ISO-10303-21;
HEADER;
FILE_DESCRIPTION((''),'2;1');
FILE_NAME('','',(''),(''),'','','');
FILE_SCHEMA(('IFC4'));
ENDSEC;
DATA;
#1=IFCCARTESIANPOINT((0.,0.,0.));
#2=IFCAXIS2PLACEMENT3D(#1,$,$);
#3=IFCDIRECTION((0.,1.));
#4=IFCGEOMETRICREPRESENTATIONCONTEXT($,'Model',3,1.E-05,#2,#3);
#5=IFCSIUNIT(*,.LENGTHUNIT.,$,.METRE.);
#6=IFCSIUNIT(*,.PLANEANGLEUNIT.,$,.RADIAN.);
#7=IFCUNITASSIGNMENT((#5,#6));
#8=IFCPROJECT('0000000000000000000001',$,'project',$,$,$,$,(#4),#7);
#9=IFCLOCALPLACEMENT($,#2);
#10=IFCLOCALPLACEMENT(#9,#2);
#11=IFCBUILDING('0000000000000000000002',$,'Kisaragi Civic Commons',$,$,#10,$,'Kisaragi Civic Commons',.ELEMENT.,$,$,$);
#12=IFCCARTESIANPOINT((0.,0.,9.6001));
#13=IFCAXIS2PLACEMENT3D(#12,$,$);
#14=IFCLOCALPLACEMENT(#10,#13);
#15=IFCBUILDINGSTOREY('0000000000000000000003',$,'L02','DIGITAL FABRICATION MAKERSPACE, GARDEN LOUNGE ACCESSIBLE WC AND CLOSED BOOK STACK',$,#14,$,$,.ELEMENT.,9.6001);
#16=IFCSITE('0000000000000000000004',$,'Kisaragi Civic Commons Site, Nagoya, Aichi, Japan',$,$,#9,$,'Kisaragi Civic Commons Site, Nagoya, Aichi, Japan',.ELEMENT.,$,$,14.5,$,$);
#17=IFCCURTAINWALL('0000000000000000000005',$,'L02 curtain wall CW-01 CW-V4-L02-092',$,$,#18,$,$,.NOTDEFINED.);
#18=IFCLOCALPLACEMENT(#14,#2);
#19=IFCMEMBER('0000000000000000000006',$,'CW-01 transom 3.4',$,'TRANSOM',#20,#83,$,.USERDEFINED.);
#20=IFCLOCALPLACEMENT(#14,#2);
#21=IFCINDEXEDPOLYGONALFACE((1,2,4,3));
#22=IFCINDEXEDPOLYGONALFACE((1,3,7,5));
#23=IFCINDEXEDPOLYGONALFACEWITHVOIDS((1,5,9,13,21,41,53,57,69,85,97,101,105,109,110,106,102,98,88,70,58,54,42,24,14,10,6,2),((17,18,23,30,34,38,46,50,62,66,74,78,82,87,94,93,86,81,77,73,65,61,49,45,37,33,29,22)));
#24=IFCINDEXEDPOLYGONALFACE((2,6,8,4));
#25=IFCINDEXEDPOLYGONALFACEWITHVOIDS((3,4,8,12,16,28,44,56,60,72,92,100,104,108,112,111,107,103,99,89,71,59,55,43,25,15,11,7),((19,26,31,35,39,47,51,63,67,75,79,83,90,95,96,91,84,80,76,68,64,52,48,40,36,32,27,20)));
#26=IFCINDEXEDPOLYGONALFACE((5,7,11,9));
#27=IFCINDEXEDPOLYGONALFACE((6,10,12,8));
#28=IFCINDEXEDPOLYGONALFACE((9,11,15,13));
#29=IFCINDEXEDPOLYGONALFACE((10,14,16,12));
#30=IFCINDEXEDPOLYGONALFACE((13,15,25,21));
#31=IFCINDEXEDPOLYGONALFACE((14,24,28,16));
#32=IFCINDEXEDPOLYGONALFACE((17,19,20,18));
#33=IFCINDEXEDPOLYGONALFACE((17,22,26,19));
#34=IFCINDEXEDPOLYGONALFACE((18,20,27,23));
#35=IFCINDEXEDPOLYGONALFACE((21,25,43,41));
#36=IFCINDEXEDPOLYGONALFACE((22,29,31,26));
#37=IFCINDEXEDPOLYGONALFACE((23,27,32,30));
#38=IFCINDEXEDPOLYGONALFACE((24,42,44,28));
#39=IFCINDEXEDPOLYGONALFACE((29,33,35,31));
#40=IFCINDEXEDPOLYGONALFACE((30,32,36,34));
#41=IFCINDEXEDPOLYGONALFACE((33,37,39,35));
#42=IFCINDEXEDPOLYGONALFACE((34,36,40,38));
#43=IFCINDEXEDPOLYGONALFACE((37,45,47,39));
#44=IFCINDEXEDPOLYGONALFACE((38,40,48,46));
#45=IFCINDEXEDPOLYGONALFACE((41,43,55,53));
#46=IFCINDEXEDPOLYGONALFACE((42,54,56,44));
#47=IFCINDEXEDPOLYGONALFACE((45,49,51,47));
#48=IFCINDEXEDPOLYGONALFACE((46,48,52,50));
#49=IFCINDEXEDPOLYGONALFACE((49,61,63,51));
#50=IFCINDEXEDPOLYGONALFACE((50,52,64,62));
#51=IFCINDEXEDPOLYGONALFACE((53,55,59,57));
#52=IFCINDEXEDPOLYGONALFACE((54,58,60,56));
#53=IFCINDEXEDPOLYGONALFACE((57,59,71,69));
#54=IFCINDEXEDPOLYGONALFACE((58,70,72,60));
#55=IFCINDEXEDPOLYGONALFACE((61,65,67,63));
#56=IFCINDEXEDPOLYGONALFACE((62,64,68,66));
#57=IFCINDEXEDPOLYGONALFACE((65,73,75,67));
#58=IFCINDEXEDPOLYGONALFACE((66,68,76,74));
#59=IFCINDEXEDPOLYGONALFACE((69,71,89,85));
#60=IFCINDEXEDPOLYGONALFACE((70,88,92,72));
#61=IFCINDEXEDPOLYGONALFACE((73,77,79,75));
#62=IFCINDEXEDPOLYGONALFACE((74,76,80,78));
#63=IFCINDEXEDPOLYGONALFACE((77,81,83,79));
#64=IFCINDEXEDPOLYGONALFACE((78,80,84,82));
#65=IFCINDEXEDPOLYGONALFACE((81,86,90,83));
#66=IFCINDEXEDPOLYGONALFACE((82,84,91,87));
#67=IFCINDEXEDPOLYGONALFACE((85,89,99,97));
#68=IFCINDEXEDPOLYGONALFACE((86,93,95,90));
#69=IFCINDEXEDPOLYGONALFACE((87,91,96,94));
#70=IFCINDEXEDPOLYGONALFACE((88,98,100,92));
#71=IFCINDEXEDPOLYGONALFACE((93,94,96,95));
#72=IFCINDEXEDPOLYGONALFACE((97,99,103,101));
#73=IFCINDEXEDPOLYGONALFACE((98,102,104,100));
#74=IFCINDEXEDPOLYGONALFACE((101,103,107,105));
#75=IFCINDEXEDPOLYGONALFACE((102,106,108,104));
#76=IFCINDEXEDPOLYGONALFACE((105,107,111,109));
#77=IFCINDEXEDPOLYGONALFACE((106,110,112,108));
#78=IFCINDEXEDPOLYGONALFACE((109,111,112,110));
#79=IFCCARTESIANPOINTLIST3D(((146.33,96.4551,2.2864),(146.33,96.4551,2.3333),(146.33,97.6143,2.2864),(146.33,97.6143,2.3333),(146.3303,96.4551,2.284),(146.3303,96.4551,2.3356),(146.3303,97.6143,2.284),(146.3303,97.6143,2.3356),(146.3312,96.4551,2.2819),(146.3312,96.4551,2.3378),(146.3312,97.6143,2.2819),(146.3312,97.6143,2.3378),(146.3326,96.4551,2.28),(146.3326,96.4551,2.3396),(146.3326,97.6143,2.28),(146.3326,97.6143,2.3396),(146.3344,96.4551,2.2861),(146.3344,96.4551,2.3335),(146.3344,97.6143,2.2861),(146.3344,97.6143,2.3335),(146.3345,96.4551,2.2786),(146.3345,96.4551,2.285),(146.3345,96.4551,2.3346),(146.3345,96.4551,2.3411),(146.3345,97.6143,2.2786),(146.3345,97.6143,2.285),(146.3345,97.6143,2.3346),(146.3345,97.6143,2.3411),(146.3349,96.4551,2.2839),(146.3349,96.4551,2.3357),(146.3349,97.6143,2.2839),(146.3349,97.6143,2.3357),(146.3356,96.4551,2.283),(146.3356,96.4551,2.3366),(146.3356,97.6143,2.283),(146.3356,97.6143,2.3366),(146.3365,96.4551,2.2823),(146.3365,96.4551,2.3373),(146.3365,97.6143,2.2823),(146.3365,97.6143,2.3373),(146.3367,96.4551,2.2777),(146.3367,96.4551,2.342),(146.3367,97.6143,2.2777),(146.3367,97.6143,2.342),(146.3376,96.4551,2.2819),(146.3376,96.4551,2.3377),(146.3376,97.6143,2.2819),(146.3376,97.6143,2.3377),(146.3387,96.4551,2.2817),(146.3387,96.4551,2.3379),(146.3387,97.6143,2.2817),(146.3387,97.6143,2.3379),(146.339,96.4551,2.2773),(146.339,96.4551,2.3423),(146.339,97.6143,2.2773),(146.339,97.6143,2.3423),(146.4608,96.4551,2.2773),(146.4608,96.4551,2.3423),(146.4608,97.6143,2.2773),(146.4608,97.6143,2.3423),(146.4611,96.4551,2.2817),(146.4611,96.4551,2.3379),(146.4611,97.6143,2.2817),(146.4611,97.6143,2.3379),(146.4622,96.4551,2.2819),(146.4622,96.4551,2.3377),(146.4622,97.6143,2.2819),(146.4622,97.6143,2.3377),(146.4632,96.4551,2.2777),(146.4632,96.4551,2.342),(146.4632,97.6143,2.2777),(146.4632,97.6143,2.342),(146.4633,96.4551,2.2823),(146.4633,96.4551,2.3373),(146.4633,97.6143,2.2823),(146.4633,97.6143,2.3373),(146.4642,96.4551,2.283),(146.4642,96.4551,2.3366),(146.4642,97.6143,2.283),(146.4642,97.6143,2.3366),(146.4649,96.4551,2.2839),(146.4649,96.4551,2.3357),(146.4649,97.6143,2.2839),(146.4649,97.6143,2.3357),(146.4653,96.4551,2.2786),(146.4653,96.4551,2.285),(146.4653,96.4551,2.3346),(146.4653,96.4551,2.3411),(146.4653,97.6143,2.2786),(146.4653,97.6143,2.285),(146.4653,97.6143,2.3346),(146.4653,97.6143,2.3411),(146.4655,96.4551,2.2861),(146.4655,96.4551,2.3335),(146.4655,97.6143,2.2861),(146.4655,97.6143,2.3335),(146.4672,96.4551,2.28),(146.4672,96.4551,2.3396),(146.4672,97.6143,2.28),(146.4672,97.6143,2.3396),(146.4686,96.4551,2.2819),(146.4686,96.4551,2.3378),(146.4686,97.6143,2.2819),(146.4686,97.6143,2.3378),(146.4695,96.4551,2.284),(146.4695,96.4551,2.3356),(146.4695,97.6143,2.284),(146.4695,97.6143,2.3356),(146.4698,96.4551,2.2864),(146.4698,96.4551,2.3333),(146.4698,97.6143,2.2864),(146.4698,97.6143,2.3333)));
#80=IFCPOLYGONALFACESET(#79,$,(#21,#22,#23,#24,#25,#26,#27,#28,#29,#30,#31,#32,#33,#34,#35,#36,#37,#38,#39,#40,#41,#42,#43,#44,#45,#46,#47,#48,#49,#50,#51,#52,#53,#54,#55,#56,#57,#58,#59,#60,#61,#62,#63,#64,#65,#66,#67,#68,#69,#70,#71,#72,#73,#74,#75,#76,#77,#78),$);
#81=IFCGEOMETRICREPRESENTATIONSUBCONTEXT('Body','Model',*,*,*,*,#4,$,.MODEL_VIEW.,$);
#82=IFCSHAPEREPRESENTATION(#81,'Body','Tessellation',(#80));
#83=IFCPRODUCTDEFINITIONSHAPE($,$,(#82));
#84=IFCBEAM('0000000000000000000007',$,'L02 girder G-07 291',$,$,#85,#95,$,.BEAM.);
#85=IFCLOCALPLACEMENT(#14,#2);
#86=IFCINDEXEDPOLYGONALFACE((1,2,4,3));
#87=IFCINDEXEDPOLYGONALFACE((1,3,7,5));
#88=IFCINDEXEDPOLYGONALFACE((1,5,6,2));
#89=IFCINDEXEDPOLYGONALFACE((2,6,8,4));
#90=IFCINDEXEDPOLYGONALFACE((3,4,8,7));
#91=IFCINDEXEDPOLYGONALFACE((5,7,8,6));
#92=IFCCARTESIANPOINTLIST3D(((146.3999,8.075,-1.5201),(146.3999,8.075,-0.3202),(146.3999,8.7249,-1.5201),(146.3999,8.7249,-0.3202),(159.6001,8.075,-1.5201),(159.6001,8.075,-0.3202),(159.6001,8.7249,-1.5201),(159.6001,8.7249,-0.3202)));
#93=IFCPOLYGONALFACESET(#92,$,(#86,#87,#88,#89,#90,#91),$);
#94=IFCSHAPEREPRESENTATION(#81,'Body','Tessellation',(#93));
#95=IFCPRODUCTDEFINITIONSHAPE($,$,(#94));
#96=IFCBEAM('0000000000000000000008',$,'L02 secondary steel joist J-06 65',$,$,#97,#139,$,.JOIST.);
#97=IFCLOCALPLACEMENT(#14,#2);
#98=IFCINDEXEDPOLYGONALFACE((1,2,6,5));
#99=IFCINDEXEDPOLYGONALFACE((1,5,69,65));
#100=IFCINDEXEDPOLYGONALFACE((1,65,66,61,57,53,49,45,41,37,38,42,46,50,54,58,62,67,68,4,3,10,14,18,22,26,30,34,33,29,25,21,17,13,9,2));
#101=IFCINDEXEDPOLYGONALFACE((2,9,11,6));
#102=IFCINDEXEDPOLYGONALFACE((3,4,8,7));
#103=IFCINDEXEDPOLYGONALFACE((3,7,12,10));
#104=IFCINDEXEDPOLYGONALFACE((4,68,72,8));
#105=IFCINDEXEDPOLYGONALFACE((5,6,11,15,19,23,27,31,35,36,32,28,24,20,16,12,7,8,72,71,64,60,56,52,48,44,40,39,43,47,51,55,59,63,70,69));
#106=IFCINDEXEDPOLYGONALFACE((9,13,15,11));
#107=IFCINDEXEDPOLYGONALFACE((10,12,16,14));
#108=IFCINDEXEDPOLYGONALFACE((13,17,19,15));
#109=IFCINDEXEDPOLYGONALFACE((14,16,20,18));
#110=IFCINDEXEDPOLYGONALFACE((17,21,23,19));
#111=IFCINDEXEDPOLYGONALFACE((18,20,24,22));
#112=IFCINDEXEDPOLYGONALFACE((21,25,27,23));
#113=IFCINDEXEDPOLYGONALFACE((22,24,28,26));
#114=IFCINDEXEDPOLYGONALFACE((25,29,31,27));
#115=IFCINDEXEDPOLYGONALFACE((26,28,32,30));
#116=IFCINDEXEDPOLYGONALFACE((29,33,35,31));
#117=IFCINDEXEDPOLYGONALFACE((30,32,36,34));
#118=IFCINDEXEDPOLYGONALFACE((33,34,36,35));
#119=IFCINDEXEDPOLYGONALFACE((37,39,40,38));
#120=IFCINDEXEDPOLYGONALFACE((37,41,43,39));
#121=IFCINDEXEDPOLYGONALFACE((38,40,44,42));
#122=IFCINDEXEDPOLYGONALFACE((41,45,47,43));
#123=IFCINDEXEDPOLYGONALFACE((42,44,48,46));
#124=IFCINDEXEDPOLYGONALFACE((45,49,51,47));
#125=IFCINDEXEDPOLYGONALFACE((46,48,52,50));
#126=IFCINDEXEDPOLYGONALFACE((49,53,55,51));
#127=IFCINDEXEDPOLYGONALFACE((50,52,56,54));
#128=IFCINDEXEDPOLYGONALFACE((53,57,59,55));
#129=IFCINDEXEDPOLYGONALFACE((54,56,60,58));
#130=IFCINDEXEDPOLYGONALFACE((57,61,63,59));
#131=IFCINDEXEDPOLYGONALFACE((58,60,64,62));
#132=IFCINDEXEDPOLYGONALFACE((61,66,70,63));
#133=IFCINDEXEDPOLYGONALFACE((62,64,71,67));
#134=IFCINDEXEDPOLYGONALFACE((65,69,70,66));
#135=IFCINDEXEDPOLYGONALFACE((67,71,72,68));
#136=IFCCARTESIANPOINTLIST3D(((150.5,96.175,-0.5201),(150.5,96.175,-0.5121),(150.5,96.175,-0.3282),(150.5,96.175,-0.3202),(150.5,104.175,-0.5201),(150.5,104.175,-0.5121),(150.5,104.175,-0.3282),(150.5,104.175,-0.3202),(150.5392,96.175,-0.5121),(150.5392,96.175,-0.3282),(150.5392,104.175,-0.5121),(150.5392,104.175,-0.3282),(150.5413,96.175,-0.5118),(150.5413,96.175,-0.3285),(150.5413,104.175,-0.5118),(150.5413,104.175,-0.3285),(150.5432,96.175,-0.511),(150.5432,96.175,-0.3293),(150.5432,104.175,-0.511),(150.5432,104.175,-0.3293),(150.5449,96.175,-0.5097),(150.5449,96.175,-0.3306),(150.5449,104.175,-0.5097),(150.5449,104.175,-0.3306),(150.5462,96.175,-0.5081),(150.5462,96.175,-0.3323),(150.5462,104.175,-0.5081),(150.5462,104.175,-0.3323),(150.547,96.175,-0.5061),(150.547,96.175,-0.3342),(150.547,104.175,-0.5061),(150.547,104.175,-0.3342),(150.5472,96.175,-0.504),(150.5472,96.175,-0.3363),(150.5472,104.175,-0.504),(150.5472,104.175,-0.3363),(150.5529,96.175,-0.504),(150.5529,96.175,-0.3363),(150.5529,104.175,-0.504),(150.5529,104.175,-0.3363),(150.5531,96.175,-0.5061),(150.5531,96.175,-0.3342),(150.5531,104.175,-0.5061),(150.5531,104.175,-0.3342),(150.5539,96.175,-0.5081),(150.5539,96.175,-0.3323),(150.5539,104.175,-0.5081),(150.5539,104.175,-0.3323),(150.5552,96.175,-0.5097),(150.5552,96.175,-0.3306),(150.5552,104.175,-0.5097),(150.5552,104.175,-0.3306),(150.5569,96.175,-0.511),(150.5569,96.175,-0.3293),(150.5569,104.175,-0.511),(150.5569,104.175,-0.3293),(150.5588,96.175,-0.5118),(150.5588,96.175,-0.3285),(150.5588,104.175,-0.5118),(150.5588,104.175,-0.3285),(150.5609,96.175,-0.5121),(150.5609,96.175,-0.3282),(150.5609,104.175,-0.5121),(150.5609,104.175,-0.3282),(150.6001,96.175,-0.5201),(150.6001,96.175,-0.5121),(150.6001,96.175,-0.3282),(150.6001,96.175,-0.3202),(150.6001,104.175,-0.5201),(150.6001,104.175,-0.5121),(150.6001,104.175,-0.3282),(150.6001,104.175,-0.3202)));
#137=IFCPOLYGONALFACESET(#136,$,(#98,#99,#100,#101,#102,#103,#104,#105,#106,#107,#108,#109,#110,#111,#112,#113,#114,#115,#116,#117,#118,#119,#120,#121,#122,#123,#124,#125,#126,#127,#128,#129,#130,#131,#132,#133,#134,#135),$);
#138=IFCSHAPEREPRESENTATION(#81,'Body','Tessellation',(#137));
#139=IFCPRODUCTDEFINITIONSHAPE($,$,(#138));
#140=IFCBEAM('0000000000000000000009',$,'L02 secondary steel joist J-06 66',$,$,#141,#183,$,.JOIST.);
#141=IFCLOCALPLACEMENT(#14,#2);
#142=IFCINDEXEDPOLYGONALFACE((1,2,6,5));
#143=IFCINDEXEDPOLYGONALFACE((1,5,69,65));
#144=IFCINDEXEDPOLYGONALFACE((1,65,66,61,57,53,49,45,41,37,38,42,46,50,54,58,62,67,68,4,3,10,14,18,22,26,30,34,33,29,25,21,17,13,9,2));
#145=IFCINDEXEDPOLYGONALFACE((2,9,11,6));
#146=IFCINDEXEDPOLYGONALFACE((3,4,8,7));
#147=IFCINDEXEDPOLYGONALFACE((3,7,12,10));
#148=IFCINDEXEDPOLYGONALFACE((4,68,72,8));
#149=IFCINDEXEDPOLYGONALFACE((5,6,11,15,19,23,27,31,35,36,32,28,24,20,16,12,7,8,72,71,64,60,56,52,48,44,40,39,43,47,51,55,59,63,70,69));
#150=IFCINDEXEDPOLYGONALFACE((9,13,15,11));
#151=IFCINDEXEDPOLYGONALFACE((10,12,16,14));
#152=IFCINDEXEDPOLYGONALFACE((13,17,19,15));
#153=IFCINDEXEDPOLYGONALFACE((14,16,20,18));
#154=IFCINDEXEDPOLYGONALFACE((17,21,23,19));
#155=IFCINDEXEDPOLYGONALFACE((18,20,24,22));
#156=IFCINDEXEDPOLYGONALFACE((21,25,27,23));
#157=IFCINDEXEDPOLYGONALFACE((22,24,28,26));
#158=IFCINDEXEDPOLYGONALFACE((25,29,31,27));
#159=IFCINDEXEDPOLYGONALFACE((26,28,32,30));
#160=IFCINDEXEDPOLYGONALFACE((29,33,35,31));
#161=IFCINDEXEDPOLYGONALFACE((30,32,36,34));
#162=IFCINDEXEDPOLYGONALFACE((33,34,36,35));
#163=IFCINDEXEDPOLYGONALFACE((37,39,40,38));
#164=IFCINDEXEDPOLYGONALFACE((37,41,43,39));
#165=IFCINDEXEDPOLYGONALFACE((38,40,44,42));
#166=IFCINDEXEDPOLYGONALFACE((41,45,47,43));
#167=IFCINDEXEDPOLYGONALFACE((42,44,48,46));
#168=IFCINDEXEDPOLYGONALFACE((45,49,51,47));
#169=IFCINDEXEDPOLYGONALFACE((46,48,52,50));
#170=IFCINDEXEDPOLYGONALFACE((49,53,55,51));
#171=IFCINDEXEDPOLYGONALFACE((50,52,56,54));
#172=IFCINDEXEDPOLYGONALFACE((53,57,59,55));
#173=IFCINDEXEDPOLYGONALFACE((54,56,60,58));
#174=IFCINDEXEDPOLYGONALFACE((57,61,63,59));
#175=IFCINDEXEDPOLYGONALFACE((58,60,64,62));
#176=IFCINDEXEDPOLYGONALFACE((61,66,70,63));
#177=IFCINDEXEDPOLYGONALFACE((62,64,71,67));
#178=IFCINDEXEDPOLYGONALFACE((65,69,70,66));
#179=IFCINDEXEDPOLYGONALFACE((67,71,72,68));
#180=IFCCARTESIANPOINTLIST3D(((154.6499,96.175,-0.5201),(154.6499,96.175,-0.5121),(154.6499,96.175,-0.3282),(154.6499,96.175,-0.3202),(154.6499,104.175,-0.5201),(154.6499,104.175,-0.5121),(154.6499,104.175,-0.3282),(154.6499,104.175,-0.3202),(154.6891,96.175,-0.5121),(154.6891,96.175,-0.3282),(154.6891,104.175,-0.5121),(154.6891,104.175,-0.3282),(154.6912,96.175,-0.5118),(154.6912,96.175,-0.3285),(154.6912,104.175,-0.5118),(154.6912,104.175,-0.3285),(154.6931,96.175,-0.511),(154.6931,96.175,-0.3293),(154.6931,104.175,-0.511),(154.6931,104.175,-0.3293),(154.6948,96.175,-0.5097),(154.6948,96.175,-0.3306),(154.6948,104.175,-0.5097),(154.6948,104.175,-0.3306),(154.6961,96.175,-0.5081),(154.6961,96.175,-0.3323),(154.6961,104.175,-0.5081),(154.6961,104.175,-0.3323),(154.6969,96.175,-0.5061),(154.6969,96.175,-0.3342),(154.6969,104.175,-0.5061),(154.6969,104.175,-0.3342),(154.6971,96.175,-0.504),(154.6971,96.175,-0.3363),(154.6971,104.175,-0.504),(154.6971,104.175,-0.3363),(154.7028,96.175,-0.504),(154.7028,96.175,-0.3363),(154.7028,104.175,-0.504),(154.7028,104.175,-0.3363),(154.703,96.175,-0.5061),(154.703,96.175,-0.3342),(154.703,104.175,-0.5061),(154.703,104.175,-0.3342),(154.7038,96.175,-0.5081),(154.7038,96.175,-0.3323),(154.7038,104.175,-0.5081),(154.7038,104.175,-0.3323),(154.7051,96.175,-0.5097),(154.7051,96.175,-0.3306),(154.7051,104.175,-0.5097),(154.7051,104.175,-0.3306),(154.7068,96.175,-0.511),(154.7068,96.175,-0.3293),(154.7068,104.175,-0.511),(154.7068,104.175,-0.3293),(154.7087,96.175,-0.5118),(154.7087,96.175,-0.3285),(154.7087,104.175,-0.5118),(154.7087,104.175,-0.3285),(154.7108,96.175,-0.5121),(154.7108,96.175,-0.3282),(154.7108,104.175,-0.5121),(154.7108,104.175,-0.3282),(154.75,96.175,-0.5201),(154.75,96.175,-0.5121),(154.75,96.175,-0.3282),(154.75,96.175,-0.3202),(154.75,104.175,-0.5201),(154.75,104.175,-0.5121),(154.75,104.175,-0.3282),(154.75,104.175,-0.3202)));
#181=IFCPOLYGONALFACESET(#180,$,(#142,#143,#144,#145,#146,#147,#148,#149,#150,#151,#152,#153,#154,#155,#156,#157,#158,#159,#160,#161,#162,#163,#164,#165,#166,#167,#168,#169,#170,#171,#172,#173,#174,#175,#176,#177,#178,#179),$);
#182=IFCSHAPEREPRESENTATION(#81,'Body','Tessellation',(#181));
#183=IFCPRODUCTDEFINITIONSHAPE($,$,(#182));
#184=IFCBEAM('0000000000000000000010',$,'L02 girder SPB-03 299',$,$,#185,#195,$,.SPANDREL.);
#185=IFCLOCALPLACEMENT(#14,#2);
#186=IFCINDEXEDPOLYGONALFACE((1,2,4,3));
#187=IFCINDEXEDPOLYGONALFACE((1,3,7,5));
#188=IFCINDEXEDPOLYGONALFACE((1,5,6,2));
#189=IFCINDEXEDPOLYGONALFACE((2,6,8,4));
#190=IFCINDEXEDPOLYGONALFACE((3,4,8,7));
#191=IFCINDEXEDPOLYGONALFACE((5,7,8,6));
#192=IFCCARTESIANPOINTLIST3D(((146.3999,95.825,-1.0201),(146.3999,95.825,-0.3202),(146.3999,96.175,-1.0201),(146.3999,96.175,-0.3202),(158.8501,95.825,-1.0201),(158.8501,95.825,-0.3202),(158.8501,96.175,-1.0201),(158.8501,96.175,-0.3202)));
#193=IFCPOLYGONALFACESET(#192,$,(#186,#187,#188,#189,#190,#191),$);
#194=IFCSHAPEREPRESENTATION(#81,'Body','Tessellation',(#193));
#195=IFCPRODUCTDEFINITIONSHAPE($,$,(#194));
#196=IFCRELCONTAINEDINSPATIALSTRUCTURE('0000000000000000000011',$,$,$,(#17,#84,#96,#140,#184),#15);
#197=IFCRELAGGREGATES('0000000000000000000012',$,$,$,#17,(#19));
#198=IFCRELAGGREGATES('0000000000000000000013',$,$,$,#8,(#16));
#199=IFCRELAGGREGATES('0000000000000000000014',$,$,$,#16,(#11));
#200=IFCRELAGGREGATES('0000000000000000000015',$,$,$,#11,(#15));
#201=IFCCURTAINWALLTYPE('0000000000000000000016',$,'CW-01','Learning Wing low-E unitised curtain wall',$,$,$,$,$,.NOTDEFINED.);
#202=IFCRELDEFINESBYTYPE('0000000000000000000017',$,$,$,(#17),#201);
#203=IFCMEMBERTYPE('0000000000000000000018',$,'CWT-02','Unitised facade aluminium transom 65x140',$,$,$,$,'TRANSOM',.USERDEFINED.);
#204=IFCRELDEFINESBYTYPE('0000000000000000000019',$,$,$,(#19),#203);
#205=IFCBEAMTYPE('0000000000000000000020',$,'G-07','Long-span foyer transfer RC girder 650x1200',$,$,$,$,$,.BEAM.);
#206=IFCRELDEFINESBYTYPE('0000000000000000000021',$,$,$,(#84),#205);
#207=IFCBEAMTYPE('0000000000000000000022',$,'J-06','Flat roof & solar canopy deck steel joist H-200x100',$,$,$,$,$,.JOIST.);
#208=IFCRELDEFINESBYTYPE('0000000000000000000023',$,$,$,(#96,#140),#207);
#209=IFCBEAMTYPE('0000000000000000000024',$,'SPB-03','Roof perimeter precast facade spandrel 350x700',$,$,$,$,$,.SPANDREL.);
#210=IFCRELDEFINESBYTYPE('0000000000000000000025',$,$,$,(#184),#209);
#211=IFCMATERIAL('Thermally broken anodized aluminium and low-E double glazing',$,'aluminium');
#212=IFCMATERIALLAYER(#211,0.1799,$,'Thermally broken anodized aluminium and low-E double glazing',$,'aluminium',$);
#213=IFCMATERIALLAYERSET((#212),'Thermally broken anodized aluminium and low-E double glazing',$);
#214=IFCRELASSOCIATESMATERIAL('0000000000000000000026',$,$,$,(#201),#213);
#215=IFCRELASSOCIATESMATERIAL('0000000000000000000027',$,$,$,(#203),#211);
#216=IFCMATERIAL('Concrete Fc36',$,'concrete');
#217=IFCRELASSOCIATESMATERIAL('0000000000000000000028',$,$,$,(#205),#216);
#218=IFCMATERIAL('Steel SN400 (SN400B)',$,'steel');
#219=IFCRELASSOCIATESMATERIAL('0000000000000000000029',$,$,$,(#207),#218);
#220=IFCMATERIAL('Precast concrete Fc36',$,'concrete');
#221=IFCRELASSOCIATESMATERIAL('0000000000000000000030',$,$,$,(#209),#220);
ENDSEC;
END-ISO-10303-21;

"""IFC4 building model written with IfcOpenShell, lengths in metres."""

from ifc_helpers import new_model, si_unit, direction, frame, origin, origin_2d, place, context, subcontext, project, spatial, rectangle, hollow_rectangle, i_section, extrude, material, layer, layer_set, material_profile, profile_set, type_object, element, aggregate, save


model = new_model("IFC4")

# Units and contexts
model_context = context("Model", 3, precision=1e-05, world=origin(), true_north=direction((0.0, 1.0)))
body_context = subcontext(model_context, "Body", "Model", "MODEL_VIEW")
ifc_project = project(units=[si_unit("LENGTHUNIT", "METRE"), si_unit("PLANEANGLEUNIT", "RADIAN")], contexts=[model_context])

# Site, building, storey
site_placement = place(None, origin())
site = spatial("IfcSite", under=ifc_project, at=site_placement, Name="Kisaragi Civic Commons Site, Nagoya, Aichi, Japan", LongName="Kisaragi Civic Commons Site, Nagoya, Aichi, Japan", CompositionType="ELEMENT", RefElevation=14.5)
building_placement = place(site_placement, origin())
building = spatial("IfcBuilding", under=site, at=building_placement, Name="Kisaragi Civic Commons", LongName="Kisaragi Civic Commons", CompositionType="ELEMENT")
storey_placement = place(building_placement, frame((0.0, 0.0, 9.6001)))
storey = spatial("IfcBuildingStorey", under=building, at=storey_placement, Name="L02", Description="DIGITAL FABRICATION MAKERSPACE, GARDEN LOUNGE ACCESSIBLE WC AND CLOSED BOOK STACK", CompositionType="ELEMENT", Elevation=9.6001)

# Shared definitions
ifc_material_1 = material(Name="Concrete Fc36", Category="concrete")

# Curtain wall, member
ifc_material_2 = material(Name="Thermally broken anodized aluminium and low-E double glazing", Category="aluminium")
ifc_layer_1 = layer(ifc_material_2, 0.1799, Name="Thermally broken anodized aluminium and low-E double glazing", Category="aluminium")
ifc_layer_set_1 = layer_set([ifc_layer_1], Name="Thermally broken anodized aluminium and low-E double glazing")
curtain_wall_type = type_object("IfcCurtainWallType", Name="CW-01", Description="Learning Wing low-E unitised curtain wall", PredefinedType="NOTDEFINED", material=ifc_layer_set_1)
curtain_wall_placement = place(storey_placement, origin())
curtain_wall = element("IfcCurtainWall", 1, at=curtain_wall_placement, inside=storey, type_object=curtain_wall_type, Name="L02 curtain wall CW-01 CW-V4-L02-092", PredefinedType="NOTDEFINED")
ifc_material_profile_1 = material_profile(ifc_material_2, hollow_rectangle(XDim=0.1399, YDim=0.0649, WallThickness=0.0044, InnerFilletRadius=0.0044, OuterFilletRadius=0.009, at=origin_2d()), Name="CWT-65x140x4.5", Category="aluminium")
ifc_profile_set_1 = profile_set([ifc_material_profile_1], Name="Thermally broken anodized aluminium and low-E double glazing")
member_type_1 = type_object("IfcMemberType", Name="CWT-02", Description="Unitised facade aluminium transom 65x140", ElementType="TRANSOM", PredefinedType="USERDEFINED", material=ifc_profile_set_1)
member_1_placement = place(storey_placement, frame((146.3999, 97.6143, 2.3098), z_axis=(0.0, -1.0, 0.0), x_axis=(1.0, 0.0, 0.0)))
member_1 = element("IfcMember", 2, at=member_1_placement, type_object=member_type_1, Name="CW-01 transom 3.4", ObjectType="TRANSOM", PredefinedType="USERDEFINED", context=body_context, shape_type="SweptSolid", body=[
    extrude(hollow_rectangle(XDim=0.1399, YDim=0.0649, WallThickness=0.0044, InnerFilletRadius=0.0044, OuterFilletRadius=0.009, at=origin_2d()), origin(), (0.0, 0.0, 1.0), 1.1592),
])

# Beams
ifc_material_profile_2 = material_profile(ifc_material_1, rectangle(XDim=0.6499, YDim=1.2, at=origin_2d()), Name="RC-650x1200", Category="concrete")
ifc_profile_set_2 = profile_set([ifc_material_profile_2], Name="Concrete Fc36")
beam_type_1 = type_object("IfcBeamType", Name="G-07", Description="Long-span foyer transfer RC girder 650x1200", PredefinedType="BEAM", material=ifc_profile_set_2)
beam_1_placement = place(storey_placement, frame((146.3999, 8.3999, -0.9202), z_axis=(1.0, 0.0, 0.0), x_axis=(0.0, 1.0, 0.0)))
element("IfcBeam", 3, at=beam_1_placement, inside=storey, type_object=beam_type_1, Name="L02 girder G-07 291", PredefinedType="BEAM", context=body_context, shape_type="SweptSolid", body=[
    extrude(rectangle(XDim=0.6499, YDim=1.2, at=origin_2d()), origin(), (0.0, 0.0, 1.0), 13.2002),
])
ifc_material_3 = material(Name="Steel SN400 (SN400B)", Category="steel")
ifc_material_profile_3 = material_profile(ifc_material_3, i_section(OverallWidth=0.1001, OverallDepth=0.2, WebThickness=0.0056, FlangeThickness=0.0081, FilletRadius=0.0081, at=origin_2d()), Name="H-200x100x5.5x8", Category="steel")
ifc_profile_set_3 = profile_set([ifc_material_profile_3], Name="Steel SN400 (SN400B)")
beam_type_2 = type_object("IfcBeamType", Name="J-06", Description="Flat roof & solar canopy deck steel joist H-200x100", PredefinedType="JOIST", material=ifc_profile_set_3)
for number, where, z_axis, x_axis, name in (
    (4, (150.55, 96.175, -0.4202), (0.0, 1.0, 0.0), (-1.0, 0.0, 0.0), "L02 secondary steel joist J-06 65"),
    (5, (154.7, 96.175, -0.4202), (0.0, 1.0, 0.0), (-1.0, 0.0, 0.0), "L02 secondary steel joist J-06 66"),
):
    element("IfcBeam", number, at=place(storey_placement, frame(where, z_axis=z_axis, x_axis=x_axis)), inside=storey, type_object=beam_type_2, Name=name, PredefinedType="JOIST", context=body_context, shape_type="SweptSolid", body=[
        extrude(i_section(OverallWidth=0.1001, OverallDepth=0.2, WebThickness=0.0056, FlangeThickness=0.0081, FilletRadius=0.0081, at=origin_2d()), origin(), (0.0, 0.0, 1.0), 8.0),
    ])
ifc_material_4 = material(Name="Precast concrete Fc36", Category="concrete")
ifc_material_profile_4 = material_profile(ifc_material_4, rectangle(XDim=0.3501, YDim=0.7, at=origin_2d()), Name="PC-350x700", Category="concrete")
ifc_profile_set_4 = profile_set([ifc_material_profile_4], Name="Precast concrete Fc36")
beam_type_3 = type_object("IfcBeamType", Name="SPB-03", Description="Roof perimeter precast facade spandrel 350x700", PredefinedType="SPANDREL", material=ifc_profile_set_4)
beam_2_placement = place(storey_placement, frame((146.3999, 96.0, -0.6702), z_axis=(1.0, 0.0, 0.0), x_axis=(0.0, 1.0, 0.0)))
element("IfcBeam", 6, at=beam_2_placement, inside=storey, type_object=beam_type_3, Name="L02 girder SPB-03 299", PredefinedType="SPANDREL", context=body_context, shape_type="SweptSolid", body=[
    extrude(rectangle(XDim=0.3501, YDim=0.7, at=origin_2d()), origin(), (0.0, 0.0, 1.0), 12.4502),
])

aggregate(curtain_wall, [member_1])

save(model, "model.ifc")
